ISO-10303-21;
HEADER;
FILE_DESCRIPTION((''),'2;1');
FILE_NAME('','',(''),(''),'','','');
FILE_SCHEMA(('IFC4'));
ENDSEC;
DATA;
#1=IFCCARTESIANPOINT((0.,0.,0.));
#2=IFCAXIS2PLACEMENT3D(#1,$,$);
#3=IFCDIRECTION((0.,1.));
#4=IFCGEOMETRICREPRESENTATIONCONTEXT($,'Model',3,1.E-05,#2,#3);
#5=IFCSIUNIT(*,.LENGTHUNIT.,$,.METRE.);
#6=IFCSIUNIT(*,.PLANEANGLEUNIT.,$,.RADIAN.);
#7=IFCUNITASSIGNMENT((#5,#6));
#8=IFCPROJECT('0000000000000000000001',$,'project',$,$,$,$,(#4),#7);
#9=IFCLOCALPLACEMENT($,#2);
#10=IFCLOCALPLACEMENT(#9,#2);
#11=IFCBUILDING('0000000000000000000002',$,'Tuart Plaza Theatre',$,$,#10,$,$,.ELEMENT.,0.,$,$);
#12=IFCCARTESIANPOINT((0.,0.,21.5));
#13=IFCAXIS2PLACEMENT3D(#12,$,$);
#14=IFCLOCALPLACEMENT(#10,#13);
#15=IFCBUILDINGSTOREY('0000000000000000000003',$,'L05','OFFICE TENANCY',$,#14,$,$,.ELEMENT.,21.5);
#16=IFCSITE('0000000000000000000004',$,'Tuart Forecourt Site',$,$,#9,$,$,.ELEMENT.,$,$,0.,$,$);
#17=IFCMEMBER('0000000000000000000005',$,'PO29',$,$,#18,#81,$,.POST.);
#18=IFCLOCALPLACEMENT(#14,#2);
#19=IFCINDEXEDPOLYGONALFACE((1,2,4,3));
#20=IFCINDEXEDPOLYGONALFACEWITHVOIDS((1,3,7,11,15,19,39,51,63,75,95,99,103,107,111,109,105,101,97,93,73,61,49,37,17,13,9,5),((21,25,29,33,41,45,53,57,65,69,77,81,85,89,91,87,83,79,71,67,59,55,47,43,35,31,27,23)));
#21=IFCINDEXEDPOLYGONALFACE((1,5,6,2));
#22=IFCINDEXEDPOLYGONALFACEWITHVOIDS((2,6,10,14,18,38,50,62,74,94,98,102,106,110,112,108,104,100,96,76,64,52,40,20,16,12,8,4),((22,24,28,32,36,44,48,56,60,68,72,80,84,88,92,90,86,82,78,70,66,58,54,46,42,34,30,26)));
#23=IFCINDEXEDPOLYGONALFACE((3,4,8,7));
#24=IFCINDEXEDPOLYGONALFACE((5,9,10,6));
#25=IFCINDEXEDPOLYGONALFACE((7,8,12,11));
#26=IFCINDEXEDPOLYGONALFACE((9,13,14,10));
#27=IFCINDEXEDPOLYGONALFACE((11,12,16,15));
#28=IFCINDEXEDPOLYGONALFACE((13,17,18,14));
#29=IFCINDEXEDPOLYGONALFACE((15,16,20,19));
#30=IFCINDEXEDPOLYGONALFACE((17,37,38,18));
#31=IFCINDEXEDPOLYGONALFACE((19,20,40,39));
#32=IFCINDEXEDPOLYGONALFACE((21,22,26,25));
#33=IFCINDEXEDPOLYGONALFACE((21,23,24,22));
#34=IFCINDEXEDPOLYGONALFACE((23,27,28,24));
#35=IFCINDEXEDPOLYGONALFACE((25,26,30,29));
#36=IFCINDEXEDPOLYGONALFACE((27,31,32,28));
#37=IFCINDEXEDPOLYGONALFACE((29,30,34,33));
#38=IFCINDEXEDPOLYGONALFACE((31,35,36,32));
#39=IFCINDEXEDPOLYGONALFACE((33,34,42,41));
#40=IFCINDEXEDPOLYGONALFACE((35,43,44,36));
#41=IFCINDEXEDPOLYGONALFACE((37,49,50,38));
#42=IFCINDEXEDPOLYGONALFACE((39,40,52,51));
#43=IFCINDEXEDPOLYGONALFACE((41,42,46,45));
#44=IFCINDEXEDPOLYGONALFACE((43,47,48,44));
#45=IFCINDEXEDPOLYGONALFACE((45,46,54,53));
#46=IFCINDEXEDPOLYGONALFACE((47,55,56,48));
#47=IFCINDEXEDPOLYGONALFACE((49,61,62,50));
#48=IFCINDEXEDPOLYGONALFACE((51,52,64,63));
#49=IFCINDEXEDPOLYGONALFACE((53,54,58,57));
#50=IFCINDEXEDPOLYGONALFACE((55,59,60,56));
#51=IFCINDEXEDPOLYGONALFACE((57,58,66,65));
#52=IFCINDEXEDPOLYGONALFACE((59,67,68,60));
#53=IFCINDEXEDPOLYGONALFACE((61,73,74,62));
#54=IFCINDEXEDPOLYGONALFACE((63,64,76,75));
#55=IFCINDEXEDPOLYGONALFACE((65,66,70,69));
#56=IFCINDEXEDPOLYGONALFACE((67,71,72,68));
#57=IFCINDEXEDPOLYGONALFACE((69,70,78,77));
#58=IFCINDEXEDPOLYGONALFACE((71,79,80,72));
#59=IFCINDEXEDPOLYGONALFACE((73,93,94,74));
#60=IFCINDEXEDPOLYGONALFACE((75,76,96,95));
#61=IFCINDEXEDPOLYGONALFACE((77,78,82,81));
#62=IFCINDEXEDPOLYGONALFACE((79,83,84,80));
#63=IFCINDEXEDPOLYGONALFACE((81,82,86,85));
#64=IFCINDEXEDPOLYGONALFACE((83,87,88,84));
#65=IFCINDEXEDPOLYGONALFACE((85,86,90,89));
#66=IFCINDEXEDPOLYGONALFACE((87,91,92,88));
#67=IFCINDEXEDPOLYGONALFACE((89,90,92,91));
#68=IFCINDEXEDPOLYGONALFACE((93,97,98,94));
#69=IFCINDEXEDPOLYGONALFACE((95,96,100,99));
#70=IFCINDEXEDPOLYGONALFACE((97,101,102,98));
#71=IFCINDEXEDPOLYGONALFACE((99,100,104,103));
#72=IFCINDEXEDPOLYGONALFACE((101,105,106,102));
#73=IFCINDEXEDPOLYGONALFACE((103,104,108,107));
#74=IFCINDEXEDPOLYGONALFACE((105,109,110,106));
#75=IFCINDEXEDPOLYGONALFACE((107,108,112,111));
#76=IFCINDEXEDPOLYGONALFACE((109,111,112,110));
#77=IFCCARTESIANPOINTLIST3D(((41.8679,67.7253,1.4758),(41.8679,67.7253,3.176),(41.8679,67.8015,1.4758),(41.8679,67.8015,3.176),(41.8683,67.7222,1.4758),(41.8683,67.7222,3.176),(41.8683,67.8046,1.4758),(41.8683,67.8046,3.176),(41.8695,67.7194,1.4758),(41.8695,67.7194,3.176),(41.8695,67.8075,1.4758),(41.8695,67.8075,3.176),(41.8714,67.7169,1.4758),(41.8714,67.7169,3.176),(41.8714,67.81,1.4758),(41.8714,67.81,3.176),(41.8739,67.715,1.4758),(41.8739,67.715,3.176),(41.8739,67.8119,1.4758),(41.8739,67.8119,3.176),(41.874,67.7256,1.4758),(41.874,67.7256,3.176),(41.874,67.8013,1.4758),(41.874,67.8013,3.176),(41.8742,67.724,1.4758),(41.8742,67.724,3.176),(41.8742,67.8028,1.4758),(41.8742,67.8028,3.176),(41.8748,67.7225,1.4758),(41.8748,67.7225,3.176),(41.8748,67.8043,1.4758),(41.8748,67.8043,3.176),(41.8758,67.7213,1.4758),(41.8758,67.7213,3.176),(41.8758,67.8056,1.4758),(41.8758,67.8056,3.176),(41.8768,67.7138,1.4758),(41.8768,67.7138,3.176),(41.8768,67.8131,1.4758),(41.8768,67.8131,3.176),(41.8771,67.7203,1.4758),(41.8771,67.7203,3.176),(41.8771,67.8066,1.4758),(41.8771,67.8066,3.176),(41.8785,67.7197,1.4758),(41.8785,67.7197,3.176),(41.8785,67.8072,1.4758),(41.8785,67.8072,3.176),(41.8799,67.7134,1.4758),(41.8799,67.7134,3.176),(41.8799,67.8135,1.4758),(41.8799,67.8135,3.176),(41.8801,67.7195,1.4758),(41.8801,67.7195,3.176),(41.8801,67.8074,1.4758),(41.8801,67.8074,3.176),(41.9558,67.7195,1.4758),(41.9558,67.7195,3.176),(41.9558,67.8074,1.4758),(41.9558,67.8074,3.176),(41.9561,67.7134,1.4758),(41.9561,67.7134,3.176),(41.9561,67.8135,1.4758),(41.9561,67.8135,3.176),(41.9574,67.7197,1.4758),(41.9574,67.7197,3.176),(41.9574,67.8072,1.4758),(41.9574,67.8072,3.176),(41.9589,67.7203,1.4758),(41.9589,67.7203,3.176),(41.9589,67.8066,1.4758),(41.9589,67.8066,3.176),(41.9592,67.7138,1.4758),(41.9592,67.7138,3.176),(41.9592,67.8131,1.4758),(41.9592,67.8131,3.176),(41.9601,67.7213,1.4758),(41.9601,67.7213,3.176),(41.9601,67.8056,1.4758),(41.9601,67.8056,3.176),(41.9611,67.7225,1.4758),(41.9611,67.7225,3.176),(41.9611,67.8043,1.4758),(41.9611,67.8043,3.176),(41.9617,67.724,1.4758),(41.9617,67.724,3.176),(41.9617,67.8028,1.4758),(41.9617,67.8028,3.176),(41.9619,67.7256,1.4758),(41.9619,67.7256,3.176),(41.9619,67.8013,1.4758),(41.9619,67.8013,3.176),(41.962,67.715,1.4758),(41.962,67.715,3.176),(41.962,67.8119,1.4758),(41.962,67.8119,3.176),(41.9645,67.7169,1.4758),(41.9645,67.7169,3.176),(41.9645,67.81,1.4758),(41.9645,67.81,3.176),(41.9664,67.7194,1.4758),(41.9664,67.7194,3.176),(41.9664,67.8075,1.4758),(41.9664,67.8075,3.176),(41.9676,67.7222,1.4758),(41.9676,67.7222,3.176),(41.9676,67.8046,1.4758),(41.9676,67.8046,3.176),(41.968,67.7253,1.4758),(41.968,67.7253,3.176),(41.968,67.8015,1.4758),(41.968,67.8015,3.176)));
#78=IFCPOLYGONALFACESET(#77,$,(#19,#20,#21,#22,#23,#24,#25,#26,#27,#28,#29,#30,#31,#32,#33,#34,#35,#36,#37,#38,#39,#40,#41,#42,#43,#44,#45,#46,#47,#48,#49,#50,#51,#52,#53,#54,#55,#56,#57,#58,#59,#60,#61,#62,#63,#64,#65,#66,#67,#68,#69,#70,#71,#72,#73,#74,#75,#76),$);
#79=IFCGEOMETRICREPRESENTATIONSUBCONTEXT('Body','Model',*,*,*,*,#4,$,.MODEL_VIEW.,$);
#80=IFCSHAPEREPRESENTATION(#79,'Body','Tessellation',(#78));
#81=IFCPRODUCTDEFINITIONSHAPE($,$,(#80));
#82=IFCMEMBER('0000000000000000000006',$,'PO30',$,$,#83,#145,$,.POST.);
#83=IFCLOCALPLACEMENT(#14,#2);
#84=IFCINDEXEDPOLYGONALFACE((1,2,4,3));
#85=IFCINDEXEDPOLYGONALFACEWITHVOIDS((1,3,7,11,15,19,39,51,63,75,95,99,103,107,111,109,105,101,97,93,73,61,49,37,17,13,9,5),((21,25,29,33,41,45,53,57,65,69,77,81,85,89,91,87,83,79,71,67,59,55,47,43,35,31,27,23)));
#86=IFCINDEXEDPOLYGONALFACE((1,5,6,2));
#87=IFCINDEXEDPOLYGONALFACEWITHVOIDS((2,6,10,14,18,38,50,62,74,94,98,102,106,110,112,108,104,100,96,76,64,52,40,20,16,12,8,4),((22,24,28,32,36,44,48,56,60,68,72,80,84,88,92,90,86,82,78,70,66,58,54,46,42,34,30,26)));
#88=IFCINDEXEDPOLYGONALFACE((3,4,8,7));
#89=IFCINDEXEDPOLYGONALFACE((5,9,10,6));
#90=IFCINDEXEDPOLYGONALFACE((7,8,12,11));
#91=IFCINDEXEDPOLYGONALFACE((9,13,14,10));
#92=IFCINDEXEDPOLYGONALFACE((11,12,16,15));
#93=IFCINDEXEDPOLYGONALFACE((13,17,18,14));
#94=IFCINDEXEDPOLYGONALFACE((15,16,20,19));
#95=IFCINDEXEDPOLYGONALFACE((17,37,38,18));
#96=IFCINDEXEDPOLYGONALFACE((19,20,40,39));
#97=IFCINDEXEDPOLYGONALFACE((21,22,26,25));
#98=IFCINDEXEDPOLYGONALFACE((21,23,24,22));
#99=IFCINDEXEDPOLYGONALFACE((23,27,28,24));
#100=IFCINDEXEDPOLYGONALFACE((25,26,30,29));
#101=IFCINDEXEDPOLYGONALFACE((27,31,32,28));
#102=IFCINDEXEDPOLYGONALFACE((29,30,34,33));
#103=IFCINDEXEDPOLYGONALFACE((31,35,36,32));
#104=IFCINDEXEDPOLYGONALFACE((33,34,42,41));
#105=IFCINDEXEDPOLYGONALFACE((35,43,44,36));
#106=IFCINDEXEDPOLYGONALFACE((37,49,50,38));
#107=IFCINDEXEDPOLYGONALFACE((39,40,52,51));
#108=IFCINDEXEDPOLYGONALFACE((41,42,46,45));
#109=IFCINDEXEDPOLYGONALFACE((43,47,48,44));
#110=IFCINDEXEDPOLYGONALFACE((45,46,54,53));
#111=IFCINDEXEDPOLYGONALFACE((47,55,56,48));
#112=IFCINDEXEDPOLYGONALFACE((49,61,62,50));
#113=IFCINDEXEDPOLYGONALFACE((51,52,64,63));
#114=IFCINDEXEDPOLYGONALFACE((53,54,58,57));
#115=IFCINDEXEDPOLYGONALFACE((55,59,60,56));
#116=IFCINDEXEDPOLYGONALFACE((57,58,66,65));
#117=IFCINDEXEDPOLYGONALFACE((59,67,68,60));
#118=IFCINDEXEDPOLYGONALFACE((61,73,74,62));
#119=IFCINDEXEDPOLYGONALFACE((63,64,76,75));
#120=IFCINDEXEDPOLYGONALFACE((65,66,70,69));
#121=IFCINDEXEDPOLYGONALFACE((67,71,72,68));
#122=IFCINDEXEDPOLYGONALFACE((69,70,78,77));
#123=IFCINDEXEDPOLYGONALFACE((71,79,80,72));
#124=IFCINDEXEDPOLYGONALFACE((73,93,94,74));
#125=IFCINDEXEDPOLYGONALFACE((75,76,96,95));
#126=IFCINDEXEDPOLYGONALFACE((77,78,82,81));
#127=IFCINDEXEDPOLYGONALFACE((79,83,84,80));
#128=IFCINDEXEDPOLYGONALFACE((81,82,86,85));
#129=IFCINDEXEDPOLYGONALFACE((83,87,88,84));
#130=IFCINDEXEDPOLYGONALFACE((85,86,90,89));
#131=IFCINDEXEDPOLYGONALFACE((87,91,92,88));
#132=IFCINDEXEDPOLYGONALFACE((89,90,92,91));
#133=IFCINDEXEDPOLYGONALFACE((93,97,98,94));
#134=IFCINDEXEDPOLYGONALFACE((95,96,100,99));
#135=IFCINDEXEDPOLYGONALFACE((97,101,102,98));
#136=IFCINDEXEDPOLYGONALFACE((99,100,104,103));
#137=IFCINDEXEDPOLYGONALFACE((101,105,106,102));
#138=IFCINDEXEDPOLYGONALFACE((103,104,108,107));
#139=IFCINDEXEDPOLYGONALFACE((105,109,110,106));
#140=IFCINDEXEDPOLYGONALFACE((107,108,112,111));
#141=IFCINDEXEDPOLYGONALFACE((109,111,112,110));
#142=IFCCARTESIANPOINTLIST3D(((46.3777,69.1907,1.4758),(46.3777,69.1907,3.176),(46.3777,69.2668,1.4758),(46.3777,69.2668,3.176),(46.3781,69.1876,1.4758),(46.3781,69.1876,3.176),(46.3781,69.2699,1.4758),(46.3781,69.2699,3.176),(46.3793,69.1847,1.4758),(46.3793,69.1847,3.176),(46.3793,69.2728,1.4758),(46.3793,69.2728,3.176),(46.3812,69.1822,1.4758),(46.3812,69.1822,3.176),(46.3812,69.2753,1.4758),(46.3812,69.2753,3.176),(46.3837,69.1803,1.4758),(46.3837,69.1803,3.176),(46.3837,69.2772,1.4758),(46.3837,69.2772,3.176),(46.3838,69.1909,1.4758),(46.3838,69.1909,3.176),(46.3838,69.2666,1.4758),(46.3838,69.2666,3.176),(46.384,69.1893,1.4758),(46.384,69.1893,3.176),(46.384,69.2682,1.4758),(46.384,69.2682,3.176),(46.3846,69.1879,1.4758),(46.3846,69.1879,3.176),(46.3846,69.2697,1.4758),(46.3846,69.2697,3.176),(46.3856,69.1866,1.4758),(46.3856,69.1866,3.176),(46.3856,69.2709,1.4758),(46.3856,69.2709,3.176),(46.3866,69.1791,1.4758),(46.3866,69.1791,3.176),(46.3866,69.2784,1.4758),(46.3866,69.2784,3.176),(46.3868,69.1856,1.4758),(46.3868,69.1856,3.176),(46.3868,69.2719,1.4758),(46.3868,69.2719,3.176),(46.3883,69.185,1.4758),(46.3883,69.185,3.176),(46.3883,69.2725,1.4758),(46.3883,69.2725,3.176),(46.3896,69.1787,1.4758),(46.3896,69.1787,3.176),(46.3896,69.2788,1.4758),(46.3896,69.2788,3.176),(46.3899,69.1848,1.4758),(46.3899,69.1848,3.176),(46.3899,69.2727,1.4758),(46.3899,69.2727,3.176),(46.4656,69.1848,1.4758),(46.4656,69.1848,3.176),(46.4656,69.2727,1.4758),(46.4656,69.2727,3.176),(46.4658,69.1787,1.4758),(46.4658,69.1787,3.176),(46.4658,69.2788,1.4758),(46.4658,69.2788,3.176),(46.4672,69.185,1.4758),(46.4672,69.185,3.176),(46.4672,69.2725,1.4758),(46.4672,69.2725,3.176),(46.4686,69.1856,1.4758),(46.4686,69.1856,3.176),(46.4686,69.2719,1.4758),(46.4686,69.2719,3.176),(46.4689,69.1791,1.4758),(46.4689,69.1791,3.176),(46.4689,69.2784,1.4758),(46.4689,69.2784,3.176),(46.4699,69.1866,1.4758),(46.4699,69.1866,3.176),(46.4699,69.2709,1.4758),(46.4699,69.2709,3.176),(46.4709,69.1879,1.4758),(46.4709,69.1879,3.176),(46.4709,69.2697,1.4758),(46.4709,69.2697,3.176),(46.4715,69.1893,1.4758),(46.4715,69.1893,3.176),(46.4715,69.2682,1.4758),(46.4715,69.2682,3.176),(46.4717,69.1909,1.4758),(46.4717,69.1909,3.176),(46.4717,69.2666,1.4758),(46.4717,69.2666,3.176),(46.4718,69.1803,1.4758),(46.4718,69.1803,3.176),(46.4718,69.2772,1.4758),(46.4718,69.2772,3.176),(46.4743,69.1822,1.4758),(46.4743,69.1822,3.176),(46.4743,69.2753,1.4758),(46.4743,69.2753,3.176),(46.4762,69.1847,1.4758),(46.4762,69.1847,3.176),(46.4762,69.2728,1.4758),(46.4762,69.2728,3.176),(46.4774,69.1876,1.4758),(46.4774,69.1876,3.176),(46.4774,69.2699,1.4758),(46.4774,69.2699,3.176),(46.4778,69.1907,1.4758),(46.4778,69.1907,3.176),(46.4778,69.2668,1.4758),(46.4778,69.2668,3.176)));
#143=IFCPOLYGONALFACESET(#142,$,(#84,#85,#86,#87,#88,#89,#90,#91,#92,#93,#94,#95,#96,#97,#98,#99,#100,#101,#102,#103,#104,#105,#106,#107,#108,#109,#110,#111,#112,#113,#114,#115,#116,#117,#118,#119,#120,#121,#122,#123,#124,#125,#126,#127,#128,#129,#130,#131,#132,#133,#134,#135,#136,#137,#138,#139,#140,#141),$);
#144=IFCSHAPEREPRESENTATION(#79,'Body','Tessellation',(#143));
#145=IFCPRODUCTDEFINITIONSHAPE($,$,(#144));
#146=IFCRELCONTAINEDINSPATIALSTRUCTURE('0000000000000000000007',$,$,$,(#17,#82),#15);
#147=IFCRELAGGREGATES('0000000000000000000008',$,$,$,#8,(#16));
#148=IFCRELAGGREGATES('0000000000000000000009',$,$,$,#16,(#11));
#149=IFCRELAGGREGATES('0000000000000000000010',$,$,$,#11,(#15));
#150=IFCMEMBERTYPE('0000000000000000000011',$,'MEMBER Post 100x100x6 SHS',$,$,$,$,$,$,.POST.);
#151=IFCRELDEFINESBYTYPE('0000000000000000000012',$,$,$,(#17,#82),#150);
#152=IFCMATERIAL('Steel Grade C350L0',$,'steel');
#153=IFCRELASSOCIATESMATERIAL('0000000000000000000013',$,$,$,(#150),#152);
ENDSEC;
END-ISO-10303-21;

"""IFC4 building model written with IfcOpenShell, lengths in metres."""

from ifc_helpers import new_model, si_unit, direction, frame, origin, origin_2d, place, context, subcontext, project, spatial, hollow_rectangle, extrude, material, material_profile, profile_set, type_object, element, save


model = new_model("IFC4")

# Units and contexts
model_context = context("Model", 3, precision=1e-05, world=origin(), true_north=direction((0.0, 1.0)))
body_context = subcontext(model_context, "Body", "Model", "MODEL_VIEW")
ifc_project = project(units=[si_unit("LENGTHUNIT", "METRE"), si_unit("PLANEANGLEUNIT", "RADIAN")], contexts=[model_context])

# Site, building, storey
site_placement = place(None, origin())
site = spatial("IfcSite", under=ifc_project, at=site_placement, Name="Tuart Forecourt Site", CompositionType="ELEMENT", RefElevation=0.0)
building_placement = place(site_placement, origin())
building = spatial("IfcBuilding", under=site, at=building_placement, Name="Tuart Plaza Theatre", CompositionType="ELEMENT", ElevationOfRefHeight=0.0)
storey_placement = place(building_placement, frame((0.0, 0.0, 21.5)))
storey = spatial("IfcBuildingStorey", under=building, at=storey_placement, Name="L05", Description="OFFICE TENANCY", CompositionType="ELEMENT", Elevation=21.5)

# Members
ifc_material_1 = material(Name="Steel Grade C350L0", Category="steel")
ifc_material_profile_1 = material_profile(ifc_material_1, hollow_rectangle(XDim=0.1001, YDim=0.1001, WallThickness=0.0061, InnerFilletRadius=0.0061, OuterFilletRadius=0.012, at=origin_2d()), Name="100x100x6 SHS")
ifc_profile_set_1 = profile_set([ifc_material_profile_1], Name="Steel Grade C350L0")
member_type_1 = type_object("IfcMemberType", Name="MEMBER Post 100x100x6 SHS", PredefinedType="POST", material=ifc_profile_set_1)
for number, where, z_axis, x_axis, name in (
    (1, (41.918, 67.7634, 1.4758), (0.0, 0.0, 1.0), (1.0, 0.0, 0.0), "PO29"),
    (2, (46.4277, 69.2288, 1.4758), (0.0, 0.0, 1.0), (1.0, 0.0, 0.0), "PO30"),
):
    element("IfcMember", number, at=place(storey_placement, frame(where, z_axis=z_axis, x_axis=x_axis)), inside=storey, type_object=member_type_1, Name=name, PredefinedType="POST", context=body_context, shape_type="SweptSolid", body=[
        extrude(hollow_rectangle(XDim=0.1001, YDim=0.1001, WallThickness=0.0061, InnerFilletRadius=0.0061, OuterFilletRadius=0.012, at=origin_2d()), origin(), (0.0, 0.0, 1.0), 1.7002),
    ])

save(model, "model.ifc")
